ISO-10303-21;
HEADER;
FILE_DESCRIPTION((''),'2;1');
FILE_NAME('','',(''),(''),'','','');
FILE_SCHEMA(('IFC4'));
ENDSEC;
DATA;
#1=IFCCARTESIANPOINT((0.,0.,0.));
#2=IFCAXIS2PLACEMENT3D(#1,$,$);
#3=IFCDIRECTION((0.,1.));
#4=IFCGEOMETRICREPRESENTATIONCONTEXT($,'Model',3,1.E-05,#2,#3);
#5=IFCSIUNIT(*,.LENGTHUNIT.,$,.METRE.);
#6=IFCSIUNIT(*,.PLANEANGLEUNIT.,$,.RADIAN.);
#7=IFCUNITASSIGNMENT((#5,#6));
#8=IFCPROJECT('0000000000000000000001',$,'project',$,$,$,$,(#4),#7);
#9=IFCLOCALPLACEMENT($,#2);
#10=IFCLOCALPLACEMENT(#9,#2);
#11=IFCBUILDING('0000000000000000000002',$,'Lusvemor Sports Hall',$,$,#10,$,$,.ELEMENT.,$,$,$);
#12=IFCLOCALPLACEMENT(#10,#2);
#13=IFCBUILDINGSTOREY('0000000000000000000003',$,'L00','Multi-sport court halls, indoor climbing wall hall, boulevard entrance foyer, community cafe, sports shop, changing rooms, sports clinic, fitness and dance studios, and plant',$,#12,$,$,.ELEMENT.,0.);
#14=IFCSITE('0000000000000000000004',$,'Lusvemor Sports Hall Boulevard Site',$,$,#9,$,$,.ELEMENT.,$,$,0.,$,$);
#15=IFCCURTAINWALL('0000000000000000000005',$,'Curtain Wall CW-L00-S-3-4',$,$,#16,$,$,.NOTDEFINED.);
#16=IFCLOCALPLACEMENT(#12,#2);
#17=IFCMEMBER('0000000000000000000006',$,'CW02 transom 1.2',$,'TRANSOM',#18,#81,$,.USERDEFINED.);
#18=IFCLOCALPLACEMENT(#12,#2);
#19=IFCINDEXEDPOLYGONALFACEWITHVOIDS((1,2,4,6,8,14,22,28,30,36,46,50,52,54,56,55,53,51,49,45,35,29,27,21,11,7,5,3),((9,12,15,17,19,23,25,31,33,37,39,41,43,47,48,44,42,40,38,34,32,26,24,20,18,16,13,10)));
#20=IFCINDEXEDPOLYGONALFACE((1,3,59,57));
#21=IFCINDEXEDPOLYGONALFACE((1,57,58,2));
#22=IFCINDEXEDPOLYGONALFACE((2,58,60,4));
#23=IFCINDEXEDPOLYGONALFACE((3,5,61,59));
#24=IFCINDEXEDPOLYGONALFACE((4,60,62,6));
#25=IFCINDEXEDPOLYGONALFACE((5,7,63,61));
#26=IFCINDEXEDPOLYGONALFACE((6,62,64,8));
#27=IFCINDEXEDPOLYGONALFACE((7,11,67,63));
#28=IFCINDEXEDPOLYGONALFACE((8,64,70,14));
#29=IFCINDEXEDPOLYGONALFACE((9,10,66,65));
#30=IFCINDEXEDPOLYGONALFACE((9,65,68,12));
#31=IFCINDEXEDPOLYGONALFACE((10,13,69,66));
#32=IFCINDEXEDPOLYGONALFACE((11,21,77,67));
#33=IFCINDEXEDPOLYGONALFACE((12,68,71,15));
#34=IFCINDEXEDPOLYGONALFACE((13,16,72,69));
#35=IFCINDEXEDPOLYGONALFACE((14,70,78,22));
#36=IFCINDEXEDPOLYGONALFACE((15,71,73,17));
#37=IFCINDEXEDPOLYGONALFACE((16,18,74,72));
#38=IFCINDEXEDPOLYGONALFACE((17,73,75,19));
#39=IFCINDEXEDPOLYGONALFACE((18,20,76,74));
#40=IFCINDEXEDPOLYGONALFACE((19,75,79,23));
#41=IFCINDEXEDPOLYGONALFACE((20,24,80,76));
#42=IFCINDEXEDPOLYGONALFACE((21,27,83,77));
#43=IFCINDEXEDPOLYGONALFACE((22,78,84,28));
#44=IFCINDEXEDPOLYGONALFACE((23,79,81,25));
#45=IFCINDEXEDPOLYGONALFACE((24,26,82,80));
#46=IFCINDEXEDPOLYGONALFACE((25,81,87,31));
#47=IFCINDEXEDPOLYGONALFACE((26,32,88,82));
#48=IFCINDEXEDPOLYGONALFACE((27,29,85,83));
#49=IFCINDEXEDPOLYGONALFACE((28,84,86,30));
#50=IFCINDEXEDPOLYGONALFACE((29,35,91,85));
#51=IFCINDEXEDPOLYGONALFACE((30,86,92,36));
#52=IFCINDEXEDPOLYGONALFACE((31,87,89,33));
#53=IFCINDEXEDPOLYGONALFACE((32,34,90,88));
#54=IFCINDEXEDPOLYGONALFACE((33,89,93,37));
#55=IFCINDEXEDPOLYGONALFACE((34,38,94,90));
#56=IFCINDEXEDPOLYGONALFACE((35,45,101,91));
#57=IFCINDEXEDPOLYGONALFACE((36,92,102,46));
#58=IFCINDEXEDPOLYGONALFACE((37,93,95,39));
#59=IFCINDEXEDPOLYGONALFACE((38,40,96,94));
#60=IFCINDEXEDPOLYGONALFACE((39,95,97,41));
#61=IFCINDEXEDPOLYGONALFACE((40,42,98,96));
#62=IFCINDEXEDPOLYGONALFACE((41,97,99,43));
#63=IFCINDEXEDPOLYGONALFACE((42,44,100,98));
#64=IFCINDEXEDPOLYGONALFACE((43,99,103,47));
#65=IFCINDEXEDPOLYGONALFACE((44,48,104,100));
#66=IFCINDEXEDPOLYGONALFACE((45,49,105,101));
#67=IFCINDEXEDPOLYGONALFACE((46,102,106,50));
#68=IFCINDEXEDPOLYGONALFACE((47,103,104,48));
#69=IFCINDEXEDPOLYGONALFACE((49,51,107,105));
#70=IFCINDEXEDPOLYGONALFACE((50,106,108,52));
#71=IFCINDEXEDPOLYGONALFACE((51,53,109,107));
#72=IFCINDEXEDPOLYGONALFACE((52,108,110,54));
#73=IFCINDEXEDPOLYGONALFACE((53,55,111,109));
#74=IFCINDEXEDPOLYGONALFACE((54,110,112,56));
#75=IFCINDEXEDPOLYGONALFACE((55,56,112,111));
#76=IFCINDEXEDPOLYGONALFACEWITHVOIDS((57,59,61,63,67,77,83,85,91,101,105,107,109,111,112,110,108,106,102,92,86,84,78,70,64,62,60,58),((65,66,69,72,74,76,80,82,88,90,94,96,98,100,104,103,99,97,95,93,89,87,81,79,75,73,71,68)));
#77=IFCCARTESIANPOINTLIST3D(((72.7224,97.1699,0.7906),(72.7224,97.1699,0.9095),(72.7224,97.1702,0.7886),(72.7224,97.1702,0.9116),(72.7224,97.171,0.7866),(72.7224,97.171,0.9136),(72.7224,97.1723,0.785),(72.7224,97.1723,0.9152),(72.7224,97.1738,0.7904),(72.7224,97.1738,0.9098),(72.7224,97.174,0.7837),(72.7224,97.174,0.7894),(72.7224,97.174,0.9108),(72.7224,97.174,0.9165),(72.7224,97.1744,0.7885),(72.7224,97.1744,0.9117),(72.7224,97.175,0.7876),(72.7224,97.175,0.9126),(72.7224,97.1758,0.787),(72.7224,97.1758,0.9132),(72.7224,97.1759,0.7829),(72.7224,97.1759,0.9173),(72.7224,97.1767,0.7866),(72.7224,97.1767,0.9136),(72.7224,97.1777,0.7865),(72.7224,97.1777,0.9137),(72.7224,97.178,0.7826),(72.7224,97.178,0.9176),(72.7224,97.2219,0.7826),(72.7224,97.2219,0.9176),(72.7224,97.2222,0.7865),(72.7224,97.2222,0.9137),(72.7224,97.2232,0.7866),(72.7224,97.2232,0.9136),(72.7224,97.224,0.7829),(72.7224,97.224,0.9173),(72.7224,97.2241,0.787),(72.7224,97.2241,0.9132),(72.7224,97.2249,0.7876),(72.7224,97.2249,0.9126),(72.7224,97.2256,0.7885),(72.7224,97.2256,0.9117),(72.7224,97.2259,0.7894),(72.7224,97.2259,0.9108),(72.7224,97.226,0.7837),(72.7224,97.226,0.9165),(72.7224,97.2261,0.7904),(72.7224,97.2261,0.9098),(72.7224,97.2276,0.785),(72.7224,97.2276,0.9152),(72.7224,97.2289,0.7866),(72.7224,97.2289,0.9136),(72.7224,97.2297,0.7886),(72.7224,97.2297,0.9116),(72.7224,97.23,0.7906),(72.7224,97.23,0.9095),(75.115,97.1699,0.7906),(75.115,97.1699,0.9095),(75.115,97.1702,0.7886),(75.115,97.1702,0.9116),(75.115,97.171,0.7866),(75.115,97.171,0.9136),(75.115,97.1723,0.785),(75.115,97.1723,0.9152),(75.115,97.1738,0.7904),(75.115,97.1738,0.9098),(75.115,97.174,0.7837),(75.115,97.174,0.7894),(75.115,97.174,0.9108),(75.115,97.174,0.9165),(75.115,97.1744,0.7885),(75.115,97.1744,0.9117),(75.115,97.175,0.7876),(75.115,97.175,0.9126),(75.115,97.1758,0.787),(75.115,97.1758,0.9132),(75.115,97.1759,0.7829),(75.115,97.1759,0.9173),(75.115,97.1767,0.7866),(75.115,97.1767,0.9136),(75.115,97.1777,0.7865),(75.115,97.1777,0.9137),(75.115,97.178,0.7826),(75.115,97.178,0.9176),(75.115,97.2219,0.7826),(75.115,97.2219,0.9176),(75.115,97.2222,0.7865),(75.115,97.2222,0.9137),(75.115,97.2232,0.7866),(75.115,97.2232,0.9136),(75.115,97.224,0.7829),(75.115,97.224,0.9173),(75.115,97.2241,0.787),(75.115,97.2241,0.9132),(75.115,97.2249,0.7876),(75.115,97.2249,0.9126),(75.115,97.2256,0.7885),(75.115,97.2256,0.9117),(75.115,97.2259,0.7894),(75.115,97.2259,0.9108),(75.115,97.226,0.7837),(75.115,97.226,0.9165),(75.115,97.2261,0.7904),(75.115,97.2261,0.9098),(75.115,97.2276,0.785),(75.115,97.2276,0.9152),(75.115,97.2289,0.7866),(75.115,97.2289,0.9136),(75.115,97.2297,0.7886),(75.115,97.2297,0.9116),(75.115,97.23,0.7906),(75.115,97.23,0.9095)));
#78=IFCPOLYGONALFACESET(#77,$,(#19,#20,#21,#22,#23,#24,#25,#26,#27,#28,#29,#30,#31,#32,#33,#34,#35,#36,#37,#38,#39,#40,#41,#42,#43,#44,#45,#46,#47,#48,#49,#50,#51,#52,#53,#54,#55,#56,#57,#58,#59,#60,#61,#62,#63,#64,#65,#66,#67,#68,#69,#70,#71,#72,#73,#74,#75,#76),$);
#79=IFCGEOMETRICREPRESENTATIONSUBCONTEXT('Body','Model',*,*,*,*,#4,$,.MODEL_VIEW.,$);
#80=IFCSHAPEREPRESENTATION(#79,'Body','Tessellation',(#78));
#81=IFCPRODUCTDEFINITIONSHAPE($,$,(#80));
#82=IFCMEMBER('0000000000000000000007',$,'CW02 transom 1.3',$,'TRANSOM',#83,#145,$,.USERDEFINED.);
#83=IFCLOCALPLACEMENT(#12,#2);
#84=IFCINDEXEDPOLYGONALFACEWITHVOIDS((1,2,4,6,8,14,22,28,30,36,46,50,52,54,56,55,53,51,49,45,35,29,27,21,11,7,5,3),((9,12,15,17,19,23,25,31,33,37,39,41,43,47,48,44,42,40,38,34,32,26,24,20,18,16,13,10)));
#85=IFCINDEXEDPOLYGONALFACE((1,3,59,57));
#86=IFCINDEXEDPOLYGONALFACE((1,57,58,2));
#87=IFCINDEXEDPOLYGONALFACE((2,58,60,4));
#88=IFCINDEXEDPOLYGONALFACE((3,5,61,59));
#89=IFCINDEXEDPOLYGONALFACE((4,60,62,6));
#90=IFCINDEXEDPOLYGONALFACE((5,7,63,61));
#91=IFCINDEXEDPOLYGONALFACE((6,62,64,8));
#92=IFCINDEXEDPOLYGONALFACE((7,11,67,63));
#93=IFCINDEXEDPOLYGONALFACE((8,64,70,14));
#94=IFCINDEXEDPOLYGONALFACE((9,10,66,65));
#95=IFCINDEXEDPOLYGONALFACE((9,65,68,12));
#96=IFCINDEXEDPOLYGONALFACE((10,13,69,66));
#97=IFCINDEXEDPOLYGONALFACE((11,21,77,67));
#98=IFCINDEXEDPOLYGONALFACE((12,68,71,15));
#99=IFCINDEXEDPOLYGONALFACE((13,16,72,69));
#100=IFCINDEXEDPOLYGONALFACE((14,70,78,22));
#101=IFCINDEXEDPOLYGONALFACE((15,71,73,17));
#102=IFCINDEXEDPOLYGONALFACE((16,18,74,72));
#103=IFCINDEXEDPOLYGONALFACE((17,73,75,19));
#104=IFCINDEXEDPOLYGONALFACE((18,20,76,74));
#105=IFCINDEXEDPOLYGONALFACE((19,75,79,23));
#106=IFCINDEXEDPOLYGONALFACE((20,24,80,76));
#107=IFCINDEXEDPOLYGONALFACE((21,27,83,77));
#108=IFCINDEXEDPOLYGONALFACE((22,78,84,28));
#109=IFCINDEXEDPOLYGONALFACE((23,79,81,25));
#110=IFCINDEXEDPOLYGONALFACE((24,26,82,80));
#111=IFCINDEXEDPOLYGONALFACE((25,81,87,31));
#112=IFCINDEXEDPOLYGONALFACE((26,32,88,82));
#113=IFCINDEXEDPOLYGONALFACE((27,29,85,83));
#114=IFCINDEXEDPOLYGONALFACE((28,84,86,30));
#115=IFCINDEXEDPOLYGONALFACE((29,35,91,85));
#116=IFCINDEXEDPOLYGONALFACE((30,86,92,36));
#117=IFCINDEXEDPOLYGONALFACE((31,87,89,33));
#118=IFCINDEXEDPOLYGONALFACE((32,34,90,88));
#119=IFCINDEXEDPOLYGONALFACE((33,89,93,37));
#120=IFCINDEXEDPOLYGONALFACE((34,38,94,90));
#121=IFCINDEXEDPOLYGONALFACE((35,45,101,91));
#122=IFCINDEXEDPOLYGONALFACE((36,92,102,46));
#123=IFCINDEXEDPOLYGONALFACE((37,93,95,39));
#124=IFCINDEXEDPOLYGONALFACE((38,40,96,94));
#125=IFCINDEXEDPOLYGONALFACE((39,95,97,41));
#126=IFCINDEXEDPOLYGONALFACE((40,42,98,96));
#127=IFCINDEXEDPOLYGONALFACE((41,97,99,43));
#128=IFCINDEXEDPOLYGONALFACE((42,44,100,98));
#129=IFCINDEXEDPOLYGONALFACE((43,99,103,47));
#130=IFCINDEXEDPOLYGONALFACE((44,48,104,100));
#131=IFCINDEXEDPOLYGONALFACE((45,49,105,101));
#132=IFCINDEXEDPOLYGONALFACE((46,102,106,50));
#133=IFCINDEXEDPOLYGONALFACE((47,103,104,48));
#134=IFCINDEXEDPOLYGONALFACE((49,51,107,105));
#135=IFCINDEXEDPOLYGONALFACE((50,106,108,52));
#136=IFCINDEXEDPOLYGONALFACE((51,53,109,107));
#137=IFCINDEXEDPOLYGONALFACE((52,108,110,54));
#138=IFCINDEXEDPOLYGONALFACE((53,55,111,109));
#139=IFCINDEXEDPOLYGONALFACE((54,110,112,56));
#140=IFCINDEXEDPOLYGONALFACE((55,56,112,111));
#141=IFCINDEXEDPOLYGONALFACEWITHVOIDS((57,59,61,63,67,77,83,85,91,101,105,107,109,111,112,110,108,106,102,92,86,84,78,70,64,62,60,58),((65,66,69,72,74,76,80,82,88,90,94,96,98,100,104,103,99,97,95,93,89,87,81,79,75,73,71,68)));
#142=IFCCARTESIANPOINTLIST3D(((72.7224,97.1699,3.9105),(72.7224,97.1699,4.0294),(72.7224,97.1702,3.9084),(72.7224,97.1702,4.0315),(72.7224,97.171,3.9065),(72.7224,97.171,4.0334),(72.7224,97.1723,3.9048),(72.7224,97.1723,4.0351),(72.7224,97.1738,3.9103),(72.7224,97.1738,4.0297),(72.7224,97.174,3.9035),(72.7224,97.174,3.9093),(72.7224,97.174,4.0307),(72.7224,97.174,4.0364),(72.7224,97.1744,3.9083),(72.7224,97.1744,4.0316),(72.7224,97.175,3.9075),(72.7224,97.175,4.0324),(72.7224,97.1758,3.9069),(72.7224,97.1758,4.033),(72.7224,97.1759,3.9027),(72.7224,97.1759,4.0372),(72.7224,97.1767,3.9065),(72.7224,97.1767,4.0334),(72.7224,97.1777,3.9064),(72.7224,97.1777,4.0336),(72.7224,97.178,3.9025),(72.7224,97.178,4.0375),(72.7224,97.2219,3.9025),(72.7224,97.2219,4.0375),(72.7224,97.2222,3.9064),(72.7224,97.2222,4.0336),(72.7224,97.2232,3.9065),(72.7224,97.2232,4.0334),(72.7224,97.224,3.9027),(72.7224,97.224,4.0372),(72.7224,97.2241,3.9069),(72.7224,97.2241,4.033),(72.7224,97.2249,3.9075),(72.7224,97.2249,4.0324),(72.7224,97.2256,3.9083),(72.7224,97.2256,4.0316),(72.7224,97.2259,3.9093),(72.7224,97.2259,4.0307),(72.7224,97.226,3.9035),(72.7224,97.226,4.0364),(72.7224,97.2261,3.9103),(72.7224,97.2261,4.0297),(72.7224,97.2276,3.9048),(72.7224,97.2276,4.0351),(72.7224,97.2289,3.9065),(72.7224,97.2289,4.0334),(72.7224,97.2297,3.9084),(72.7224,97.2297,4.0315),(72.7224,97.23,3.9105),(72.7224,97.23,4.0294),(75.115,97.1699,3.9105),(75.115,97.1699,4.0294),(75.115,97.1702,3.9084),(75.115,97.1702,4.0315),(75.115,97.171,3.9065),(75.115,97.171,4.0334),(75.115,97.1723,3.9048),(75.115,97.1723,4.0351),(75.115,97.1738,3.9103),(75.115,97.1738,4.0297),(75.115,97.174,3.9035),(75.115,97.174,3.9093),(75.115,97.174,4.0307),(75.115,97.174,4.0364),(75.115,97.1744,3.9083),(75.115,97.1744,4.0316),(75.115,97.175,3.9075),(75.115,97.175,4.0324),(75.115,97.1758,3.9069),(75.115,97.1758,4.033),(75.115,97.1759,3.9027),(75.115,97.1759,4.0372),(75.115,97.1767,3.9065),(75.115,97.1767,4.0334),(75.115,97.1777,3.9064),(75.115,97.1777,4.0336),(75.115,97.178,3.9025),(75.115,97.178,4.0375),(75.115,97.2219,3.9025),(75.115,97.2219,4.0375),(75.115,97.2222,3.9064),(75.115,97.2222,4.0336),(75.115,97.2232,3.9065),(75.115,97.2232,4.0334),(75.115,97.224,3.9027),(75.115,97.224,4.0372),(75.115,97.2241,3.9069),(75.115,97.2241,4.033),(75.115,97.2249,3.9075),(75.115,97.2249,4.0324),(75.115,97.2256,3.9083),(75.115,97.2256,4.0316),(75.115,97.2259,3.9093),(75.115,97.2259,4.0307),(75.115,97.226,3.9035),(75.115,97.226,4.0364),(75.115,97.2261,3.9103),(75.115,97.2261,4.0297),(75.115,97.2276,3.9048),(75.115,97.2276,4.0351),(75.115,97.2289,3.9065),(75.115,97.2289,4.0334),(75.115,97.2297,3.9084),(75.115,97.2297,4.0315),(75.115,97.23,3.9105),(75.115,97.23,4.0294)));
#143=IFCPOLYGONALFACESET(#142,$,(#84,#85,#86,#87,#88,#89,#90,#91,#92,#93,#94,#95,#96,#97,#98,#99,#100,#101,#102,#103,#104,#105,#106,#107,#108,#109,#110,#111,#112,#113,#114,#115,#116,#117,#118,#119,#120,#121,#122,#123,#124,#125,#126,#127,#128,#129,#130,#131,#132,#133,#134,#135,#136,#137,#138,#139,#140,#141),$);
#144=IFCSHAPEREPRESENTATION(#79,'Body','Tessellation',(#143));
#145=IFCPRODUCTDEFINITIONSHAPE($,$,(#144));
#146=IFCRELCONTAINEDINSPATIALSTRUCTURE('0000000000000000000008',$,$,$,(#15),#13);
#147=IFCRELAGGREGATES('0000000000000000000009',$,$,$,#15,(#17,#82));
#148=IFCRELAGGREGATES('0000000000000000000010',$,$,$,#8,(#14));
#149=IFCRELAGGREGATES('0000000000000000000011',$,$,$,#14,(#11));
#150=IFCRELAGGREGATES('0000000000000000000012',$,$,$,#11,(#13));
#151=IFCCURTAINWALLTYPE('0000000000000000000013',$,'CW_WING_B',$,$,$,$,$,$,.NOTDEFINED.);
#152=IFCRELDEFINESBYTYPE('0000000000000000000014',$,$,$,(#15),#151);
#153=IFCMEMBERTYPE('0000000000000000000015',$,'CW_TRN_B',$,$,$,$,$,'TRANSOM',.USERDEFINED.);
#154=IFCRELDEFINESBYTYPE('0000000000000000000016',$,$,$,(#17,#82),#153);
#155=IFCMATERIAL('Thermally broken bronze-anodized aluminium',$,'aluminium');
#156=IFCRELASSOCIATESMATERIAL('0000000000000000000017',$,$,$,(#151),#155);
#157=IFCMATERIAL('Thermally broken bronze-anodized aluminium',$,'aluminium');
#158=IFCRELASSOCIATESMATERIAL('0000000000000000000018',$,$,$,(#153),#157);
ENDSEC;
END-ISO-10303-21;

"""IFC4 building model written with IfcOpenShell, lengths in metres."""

from ifc_helpers import new_model, si_unit, direction, frame, origin, origin_2d, place, context, subcontext, project, spatial, hollow_rectangle, extrude, material, material_profile, profile_set, type_object, element, aggregate, save


model = new_model("IFC4")

# Units and contexts
model_context = context("Model", 3, precision=1e-05, world=origin(), true_north=direction((0.0, 1.0)))
body_context = subcontext(model_context, "Body", "Model", "MODEL_VIEW")
ifc_project = project(units=[si_unit("LENGTHUNIT", "METRE"), si_unit("PLANEANGLEUNIT", "RADIAN")], contexts=[model_context])

# Site, building, storey
site_placement = place(None, origin())
site = spatial("IfcSite", under=ifc_project, at=site_placement, Name="Lusvemor Sports Hall Boulevard Site", CompositionType="ELEMENT", RefElevation=0.0)
building_placement = place(site_placement, origin())
building = spatial("IfcBuilding", under=site, at=building_placement, Name="Lusvemor Sports Hall", CompositionType="ELEMENT")
storey_placement = place(building_placement, origin())
storey = spatial("IfcBuildingStorey", under=building, at=storey_placement, Name="L00", Description="Multi-sport court halls, indoor climbing wall hall, boulevard entrance foyer, community cafe, sports shop, changing rooms, sports clinic, fitness and dance studios, and plant", CompositionType="ELEMENT", Elevation=0.0)

# Curtain wall, members
ifc_material_1 = material(Name="Thermally broken bronze-anodized aluminium", Category="aluminium")
curtain_wall_type = type_object("IfcCurtainWallType", Name="CW_WING_B", PredefinedType="NOTDEFINED", material=ifc_material_1)
curtain_wall_placement = place(storey_placement, origin())
curtain_wall = element("IfcCurtainWall", 1, at=curtain_wall_placement, inside=storey, type_object=curtain_wall_type, Name="Curtain Wall CW-L00-S-3-4", PredefinedType="NOTDEFINED")
ifc_material_2 = material(Name="Thermally broken bronze-anodized aluminium", Category="aluminium")
ifc_material_profile_1 = material_profile(ifc_material_2, hollow_rectangle(XDim=0.0601, YDim=0.135, WallThickness=0.0039, InnerFilletRadius=0.0039, OuterFilletRadius=0.0081, at=origin_2d()), Name="CWTRN135x60x4")
ifc_profile_set_1 = profile_set([ifc_material_profile_1], Name="Thermally broken bronze-anodized aluminium")
member_type_1 = type_object("IfcMemberType", Name="CW_TRN_B", ElementType="TRANSOM", PredefinedType="USERDEFINED", material=ifc_profile_set_1)
member_1_placement = place(storey_placement, frame((75.115, 97.2, 0.8501), z_axis=(-1.0, 0.0, 0.0), x_axis=(0.0, -1.0, 0.0)))
member_1 = element("IfcMember", 2, at=member_1_placement, type_object=member_type_1, Name="CW02 transom 1.2", ObjectType="TRANSOM", PredefinedType="USERDEFINED", context=body_context, shape_type="SweptSolid", body=[
    extrude(hollow_rectangle(XDim=0.0601, YDim=0.135, WallThickness=0.0039, InnerFilletRadius=0.0039, OuterFilletRadius=0.0081, at=origin_2d()), origin(), (0.0, 0.0, 1.0), 2.3926),
])
member_2_placement = place(storey_placement, frame((75.115, 97.2, 3.97), z_axis=(-1.0, 0.0, 0.0), x_axis=(0.0, -1.0, 0.0)))
member_2 = element("IfcMember", 3, at=member_2_placement, type_object=member_type_1, Name="CW02 transom 1.3", ObjectType="TRANSOM", PredefinedType="USERDEFINED", context=body_context, shape_type="SweptSolid", body=[
    extrude(hollow_rectangle(XDim=0.0601, YDim=0.135, WallThickness=0.0039, InnerFilletRadius=0.0039, OuterFilletRadius=0.0081, at=origin_2d()), origin(), (0.0, 0.0, 1.0), 2.3926),
])
aggregate(curtain_wall, [member_1, member_2])

save(model, "model.ifc")
